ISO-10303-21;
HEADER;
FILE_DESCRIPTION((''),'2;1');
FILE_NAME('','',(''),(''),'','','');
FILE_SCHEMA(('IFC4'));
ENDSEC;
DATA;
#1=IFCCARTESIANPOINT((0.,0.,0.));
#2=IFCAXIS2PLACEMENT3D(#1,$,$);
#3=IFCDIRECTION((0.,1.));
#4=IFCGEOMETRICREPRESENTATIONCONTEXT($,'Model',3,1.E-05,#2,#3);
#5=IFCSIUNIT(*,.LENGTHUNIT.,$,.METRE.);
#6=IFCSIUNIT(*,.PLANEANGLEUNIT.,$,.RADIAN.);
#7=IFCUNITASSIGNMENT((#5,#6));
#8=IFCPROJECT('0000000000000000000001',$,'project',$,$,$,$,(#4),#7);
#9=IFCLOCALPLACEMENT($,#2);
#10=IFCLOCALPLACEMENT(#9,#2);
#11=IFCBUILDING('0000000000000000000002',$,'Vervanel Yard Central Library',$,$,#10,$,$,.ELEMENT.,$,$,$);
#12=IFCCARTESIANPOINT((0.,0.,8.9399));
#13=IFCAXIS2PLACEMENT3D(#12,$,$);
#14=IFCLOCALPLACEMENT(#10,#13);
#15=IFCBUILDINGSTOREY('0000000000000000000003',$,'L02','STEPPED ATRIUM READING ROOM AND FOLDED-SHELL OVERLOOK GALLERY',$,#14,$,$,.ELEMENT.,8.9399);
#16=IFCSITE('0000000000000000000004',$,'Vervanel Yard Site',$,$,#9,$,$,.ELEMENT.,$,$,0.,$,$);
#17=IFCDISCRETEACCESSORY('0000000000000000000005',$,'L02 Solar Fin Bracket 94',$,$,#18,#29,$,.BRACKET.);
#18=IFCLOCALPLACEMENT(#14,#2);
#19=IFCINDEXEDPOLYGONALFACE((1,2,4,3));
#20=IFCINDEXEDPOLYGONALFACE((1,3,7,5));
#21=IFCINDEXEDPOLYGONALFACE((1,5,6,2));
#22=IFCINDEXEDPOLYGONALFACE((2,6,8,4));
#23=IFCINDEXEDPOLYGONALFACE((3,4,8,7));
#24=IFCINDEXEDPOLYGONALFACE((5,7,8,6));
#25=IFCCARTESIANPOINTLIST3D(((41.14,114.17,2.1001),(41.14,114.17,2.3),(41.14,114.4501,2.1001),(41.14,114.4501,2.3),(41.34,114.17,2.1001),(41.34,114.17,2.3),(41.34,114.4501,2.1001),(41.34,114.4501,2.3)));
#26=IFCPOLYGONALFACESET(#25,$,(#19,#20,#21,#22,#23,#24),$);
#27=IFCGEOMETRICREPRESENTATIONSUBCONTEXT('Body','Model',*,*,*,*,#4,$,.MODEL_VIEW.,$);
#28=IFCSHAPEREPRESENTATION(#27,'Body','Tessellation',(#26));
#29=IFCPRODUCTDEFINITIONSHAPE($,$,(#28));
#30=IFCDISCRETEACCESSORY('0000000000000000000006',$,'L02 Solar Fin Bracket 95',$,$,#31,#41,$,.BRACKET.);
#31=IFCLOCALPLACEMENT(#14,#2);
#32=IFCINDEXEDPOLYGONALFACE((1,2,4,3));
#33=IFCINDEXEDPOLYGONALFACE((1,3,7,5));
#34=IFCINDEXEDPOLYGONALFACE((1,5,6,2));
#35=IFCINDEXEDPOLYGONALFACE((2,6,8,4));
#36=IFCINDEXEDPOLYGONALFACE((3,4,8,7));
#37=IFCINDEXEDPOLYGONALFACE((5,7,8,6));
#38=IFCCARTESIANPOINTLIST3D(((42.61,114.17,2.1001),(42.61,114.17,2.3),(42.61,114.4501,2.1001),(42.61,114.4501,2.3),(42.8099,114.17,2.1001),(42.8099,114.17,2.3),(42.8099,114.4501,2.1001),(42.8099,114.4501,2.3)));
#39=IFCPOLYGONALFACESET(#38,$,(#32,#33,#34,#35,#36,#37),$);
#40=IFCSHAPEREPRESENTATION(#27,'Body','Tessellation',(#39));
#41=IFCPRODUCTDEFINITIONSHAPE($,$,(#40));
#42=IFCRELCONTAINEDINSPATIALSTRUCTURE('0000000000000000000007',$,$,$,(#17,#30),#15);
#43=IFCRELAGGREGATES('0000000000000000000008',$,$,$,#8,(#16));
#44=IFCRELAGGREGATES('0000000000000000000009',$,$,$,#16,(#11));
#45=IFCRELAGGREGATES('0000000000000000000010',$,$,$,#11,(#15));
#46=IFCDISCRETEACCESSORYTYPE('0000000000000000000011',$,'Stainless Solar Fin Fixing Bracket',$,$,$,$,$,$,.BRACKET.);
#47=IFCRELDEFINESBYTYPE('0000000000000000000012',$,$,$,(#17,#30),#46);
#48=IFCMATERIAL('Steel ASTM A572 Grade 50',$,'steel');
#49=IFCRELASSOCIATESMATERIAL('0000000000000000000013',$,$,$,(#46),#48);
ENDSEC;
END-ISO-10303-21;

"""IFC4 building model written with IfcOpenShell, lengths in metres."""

from ifc_helpers import new_model, si_unit, direction, frame, origin, origin_2d, place, context, subcontext, project, spatial, rectangle, extrude, material, type_object, element, save


model = new_model("IFC4")

# Units and contexts
model_context = context("Model", 3, precision=1e-05, world=origin(), true_north=direction((0.0, 1.0)))
body_context = subcontext(model_context, "Body", "Model", "MODEL_VIEW")
ifc_project = project(units=[si_unit("LENGTHUNIT", "METRE"), si_unit("PLANEANGLEUNIT", "RADIAN")], contexts=[model_context])

# Site, building, storey
site_placement = place(None, origin())
site = spatial("IfcSite", under=ifc_project, at=site_placement, Name="Vervanel Yard Site", CompositionType="ELEMENT", RefElevation=0.0)
building_placement = place(site_placement, origin())
building = spatial("IfcBuilding", under=site, at=building_placement, Name="Vervanel Yard Central Library", CompositionType="ELEMENT")
storey_placement = place(building_placement, frame((0.0, 0.0, 8.9399)))
storey = spatial("IfcBuildingStorey", under=building, at=storey_placement, Name="L02", Description="STEPPED ATRIUM READING ROOM AND FOLDED-SHELL OVERLOOK GALLERY", CompositionType="ELEMENT", Elevation=8.9399)

# Shared definitions
ifc_material_1 = material(Name="Steel ASTM A572 Grade 50", Category="steel")

# Discrete accessories
discrete_accessory_type = type_object("IfcDiscreteAccessoryType", Name="Stainless Solar Fin Fixing Bracket", PredefinedType="BRACKET", material=ifc_material_1)
for number, where, z_axis, x_axis, name in (
    (1, (41.24, 114.3101, 2.1001), (0.0, 0.0, 1.0), (1.0, 0.0, 0.0), "L02 Solar Fin Bracket 94"),
    (2, (42.71, 114.3101, 2.1001), (0.0, 0.0, 1.0), (1.0, 0.0, 0.0), "L02 Solar Fin Bracket 95"),
):
    element("IfcDiscreteAccessory", number, at=place(storey_placement, frame(where, z_axis=z_axis, x_axis=x_axis)), inside=storey, type_object=discrete_accessory_type, Name=name, PredefinedType="BRACKET", context=body_context, shape_type="SweptSolid", body=[
        extrude(rectangle(XDim=0.2, YDim=0.28, at=origin_2d()), origin(), (0.0, 0.0, 1.0), 0.2),
    ])

save(model, "model.ifc")
